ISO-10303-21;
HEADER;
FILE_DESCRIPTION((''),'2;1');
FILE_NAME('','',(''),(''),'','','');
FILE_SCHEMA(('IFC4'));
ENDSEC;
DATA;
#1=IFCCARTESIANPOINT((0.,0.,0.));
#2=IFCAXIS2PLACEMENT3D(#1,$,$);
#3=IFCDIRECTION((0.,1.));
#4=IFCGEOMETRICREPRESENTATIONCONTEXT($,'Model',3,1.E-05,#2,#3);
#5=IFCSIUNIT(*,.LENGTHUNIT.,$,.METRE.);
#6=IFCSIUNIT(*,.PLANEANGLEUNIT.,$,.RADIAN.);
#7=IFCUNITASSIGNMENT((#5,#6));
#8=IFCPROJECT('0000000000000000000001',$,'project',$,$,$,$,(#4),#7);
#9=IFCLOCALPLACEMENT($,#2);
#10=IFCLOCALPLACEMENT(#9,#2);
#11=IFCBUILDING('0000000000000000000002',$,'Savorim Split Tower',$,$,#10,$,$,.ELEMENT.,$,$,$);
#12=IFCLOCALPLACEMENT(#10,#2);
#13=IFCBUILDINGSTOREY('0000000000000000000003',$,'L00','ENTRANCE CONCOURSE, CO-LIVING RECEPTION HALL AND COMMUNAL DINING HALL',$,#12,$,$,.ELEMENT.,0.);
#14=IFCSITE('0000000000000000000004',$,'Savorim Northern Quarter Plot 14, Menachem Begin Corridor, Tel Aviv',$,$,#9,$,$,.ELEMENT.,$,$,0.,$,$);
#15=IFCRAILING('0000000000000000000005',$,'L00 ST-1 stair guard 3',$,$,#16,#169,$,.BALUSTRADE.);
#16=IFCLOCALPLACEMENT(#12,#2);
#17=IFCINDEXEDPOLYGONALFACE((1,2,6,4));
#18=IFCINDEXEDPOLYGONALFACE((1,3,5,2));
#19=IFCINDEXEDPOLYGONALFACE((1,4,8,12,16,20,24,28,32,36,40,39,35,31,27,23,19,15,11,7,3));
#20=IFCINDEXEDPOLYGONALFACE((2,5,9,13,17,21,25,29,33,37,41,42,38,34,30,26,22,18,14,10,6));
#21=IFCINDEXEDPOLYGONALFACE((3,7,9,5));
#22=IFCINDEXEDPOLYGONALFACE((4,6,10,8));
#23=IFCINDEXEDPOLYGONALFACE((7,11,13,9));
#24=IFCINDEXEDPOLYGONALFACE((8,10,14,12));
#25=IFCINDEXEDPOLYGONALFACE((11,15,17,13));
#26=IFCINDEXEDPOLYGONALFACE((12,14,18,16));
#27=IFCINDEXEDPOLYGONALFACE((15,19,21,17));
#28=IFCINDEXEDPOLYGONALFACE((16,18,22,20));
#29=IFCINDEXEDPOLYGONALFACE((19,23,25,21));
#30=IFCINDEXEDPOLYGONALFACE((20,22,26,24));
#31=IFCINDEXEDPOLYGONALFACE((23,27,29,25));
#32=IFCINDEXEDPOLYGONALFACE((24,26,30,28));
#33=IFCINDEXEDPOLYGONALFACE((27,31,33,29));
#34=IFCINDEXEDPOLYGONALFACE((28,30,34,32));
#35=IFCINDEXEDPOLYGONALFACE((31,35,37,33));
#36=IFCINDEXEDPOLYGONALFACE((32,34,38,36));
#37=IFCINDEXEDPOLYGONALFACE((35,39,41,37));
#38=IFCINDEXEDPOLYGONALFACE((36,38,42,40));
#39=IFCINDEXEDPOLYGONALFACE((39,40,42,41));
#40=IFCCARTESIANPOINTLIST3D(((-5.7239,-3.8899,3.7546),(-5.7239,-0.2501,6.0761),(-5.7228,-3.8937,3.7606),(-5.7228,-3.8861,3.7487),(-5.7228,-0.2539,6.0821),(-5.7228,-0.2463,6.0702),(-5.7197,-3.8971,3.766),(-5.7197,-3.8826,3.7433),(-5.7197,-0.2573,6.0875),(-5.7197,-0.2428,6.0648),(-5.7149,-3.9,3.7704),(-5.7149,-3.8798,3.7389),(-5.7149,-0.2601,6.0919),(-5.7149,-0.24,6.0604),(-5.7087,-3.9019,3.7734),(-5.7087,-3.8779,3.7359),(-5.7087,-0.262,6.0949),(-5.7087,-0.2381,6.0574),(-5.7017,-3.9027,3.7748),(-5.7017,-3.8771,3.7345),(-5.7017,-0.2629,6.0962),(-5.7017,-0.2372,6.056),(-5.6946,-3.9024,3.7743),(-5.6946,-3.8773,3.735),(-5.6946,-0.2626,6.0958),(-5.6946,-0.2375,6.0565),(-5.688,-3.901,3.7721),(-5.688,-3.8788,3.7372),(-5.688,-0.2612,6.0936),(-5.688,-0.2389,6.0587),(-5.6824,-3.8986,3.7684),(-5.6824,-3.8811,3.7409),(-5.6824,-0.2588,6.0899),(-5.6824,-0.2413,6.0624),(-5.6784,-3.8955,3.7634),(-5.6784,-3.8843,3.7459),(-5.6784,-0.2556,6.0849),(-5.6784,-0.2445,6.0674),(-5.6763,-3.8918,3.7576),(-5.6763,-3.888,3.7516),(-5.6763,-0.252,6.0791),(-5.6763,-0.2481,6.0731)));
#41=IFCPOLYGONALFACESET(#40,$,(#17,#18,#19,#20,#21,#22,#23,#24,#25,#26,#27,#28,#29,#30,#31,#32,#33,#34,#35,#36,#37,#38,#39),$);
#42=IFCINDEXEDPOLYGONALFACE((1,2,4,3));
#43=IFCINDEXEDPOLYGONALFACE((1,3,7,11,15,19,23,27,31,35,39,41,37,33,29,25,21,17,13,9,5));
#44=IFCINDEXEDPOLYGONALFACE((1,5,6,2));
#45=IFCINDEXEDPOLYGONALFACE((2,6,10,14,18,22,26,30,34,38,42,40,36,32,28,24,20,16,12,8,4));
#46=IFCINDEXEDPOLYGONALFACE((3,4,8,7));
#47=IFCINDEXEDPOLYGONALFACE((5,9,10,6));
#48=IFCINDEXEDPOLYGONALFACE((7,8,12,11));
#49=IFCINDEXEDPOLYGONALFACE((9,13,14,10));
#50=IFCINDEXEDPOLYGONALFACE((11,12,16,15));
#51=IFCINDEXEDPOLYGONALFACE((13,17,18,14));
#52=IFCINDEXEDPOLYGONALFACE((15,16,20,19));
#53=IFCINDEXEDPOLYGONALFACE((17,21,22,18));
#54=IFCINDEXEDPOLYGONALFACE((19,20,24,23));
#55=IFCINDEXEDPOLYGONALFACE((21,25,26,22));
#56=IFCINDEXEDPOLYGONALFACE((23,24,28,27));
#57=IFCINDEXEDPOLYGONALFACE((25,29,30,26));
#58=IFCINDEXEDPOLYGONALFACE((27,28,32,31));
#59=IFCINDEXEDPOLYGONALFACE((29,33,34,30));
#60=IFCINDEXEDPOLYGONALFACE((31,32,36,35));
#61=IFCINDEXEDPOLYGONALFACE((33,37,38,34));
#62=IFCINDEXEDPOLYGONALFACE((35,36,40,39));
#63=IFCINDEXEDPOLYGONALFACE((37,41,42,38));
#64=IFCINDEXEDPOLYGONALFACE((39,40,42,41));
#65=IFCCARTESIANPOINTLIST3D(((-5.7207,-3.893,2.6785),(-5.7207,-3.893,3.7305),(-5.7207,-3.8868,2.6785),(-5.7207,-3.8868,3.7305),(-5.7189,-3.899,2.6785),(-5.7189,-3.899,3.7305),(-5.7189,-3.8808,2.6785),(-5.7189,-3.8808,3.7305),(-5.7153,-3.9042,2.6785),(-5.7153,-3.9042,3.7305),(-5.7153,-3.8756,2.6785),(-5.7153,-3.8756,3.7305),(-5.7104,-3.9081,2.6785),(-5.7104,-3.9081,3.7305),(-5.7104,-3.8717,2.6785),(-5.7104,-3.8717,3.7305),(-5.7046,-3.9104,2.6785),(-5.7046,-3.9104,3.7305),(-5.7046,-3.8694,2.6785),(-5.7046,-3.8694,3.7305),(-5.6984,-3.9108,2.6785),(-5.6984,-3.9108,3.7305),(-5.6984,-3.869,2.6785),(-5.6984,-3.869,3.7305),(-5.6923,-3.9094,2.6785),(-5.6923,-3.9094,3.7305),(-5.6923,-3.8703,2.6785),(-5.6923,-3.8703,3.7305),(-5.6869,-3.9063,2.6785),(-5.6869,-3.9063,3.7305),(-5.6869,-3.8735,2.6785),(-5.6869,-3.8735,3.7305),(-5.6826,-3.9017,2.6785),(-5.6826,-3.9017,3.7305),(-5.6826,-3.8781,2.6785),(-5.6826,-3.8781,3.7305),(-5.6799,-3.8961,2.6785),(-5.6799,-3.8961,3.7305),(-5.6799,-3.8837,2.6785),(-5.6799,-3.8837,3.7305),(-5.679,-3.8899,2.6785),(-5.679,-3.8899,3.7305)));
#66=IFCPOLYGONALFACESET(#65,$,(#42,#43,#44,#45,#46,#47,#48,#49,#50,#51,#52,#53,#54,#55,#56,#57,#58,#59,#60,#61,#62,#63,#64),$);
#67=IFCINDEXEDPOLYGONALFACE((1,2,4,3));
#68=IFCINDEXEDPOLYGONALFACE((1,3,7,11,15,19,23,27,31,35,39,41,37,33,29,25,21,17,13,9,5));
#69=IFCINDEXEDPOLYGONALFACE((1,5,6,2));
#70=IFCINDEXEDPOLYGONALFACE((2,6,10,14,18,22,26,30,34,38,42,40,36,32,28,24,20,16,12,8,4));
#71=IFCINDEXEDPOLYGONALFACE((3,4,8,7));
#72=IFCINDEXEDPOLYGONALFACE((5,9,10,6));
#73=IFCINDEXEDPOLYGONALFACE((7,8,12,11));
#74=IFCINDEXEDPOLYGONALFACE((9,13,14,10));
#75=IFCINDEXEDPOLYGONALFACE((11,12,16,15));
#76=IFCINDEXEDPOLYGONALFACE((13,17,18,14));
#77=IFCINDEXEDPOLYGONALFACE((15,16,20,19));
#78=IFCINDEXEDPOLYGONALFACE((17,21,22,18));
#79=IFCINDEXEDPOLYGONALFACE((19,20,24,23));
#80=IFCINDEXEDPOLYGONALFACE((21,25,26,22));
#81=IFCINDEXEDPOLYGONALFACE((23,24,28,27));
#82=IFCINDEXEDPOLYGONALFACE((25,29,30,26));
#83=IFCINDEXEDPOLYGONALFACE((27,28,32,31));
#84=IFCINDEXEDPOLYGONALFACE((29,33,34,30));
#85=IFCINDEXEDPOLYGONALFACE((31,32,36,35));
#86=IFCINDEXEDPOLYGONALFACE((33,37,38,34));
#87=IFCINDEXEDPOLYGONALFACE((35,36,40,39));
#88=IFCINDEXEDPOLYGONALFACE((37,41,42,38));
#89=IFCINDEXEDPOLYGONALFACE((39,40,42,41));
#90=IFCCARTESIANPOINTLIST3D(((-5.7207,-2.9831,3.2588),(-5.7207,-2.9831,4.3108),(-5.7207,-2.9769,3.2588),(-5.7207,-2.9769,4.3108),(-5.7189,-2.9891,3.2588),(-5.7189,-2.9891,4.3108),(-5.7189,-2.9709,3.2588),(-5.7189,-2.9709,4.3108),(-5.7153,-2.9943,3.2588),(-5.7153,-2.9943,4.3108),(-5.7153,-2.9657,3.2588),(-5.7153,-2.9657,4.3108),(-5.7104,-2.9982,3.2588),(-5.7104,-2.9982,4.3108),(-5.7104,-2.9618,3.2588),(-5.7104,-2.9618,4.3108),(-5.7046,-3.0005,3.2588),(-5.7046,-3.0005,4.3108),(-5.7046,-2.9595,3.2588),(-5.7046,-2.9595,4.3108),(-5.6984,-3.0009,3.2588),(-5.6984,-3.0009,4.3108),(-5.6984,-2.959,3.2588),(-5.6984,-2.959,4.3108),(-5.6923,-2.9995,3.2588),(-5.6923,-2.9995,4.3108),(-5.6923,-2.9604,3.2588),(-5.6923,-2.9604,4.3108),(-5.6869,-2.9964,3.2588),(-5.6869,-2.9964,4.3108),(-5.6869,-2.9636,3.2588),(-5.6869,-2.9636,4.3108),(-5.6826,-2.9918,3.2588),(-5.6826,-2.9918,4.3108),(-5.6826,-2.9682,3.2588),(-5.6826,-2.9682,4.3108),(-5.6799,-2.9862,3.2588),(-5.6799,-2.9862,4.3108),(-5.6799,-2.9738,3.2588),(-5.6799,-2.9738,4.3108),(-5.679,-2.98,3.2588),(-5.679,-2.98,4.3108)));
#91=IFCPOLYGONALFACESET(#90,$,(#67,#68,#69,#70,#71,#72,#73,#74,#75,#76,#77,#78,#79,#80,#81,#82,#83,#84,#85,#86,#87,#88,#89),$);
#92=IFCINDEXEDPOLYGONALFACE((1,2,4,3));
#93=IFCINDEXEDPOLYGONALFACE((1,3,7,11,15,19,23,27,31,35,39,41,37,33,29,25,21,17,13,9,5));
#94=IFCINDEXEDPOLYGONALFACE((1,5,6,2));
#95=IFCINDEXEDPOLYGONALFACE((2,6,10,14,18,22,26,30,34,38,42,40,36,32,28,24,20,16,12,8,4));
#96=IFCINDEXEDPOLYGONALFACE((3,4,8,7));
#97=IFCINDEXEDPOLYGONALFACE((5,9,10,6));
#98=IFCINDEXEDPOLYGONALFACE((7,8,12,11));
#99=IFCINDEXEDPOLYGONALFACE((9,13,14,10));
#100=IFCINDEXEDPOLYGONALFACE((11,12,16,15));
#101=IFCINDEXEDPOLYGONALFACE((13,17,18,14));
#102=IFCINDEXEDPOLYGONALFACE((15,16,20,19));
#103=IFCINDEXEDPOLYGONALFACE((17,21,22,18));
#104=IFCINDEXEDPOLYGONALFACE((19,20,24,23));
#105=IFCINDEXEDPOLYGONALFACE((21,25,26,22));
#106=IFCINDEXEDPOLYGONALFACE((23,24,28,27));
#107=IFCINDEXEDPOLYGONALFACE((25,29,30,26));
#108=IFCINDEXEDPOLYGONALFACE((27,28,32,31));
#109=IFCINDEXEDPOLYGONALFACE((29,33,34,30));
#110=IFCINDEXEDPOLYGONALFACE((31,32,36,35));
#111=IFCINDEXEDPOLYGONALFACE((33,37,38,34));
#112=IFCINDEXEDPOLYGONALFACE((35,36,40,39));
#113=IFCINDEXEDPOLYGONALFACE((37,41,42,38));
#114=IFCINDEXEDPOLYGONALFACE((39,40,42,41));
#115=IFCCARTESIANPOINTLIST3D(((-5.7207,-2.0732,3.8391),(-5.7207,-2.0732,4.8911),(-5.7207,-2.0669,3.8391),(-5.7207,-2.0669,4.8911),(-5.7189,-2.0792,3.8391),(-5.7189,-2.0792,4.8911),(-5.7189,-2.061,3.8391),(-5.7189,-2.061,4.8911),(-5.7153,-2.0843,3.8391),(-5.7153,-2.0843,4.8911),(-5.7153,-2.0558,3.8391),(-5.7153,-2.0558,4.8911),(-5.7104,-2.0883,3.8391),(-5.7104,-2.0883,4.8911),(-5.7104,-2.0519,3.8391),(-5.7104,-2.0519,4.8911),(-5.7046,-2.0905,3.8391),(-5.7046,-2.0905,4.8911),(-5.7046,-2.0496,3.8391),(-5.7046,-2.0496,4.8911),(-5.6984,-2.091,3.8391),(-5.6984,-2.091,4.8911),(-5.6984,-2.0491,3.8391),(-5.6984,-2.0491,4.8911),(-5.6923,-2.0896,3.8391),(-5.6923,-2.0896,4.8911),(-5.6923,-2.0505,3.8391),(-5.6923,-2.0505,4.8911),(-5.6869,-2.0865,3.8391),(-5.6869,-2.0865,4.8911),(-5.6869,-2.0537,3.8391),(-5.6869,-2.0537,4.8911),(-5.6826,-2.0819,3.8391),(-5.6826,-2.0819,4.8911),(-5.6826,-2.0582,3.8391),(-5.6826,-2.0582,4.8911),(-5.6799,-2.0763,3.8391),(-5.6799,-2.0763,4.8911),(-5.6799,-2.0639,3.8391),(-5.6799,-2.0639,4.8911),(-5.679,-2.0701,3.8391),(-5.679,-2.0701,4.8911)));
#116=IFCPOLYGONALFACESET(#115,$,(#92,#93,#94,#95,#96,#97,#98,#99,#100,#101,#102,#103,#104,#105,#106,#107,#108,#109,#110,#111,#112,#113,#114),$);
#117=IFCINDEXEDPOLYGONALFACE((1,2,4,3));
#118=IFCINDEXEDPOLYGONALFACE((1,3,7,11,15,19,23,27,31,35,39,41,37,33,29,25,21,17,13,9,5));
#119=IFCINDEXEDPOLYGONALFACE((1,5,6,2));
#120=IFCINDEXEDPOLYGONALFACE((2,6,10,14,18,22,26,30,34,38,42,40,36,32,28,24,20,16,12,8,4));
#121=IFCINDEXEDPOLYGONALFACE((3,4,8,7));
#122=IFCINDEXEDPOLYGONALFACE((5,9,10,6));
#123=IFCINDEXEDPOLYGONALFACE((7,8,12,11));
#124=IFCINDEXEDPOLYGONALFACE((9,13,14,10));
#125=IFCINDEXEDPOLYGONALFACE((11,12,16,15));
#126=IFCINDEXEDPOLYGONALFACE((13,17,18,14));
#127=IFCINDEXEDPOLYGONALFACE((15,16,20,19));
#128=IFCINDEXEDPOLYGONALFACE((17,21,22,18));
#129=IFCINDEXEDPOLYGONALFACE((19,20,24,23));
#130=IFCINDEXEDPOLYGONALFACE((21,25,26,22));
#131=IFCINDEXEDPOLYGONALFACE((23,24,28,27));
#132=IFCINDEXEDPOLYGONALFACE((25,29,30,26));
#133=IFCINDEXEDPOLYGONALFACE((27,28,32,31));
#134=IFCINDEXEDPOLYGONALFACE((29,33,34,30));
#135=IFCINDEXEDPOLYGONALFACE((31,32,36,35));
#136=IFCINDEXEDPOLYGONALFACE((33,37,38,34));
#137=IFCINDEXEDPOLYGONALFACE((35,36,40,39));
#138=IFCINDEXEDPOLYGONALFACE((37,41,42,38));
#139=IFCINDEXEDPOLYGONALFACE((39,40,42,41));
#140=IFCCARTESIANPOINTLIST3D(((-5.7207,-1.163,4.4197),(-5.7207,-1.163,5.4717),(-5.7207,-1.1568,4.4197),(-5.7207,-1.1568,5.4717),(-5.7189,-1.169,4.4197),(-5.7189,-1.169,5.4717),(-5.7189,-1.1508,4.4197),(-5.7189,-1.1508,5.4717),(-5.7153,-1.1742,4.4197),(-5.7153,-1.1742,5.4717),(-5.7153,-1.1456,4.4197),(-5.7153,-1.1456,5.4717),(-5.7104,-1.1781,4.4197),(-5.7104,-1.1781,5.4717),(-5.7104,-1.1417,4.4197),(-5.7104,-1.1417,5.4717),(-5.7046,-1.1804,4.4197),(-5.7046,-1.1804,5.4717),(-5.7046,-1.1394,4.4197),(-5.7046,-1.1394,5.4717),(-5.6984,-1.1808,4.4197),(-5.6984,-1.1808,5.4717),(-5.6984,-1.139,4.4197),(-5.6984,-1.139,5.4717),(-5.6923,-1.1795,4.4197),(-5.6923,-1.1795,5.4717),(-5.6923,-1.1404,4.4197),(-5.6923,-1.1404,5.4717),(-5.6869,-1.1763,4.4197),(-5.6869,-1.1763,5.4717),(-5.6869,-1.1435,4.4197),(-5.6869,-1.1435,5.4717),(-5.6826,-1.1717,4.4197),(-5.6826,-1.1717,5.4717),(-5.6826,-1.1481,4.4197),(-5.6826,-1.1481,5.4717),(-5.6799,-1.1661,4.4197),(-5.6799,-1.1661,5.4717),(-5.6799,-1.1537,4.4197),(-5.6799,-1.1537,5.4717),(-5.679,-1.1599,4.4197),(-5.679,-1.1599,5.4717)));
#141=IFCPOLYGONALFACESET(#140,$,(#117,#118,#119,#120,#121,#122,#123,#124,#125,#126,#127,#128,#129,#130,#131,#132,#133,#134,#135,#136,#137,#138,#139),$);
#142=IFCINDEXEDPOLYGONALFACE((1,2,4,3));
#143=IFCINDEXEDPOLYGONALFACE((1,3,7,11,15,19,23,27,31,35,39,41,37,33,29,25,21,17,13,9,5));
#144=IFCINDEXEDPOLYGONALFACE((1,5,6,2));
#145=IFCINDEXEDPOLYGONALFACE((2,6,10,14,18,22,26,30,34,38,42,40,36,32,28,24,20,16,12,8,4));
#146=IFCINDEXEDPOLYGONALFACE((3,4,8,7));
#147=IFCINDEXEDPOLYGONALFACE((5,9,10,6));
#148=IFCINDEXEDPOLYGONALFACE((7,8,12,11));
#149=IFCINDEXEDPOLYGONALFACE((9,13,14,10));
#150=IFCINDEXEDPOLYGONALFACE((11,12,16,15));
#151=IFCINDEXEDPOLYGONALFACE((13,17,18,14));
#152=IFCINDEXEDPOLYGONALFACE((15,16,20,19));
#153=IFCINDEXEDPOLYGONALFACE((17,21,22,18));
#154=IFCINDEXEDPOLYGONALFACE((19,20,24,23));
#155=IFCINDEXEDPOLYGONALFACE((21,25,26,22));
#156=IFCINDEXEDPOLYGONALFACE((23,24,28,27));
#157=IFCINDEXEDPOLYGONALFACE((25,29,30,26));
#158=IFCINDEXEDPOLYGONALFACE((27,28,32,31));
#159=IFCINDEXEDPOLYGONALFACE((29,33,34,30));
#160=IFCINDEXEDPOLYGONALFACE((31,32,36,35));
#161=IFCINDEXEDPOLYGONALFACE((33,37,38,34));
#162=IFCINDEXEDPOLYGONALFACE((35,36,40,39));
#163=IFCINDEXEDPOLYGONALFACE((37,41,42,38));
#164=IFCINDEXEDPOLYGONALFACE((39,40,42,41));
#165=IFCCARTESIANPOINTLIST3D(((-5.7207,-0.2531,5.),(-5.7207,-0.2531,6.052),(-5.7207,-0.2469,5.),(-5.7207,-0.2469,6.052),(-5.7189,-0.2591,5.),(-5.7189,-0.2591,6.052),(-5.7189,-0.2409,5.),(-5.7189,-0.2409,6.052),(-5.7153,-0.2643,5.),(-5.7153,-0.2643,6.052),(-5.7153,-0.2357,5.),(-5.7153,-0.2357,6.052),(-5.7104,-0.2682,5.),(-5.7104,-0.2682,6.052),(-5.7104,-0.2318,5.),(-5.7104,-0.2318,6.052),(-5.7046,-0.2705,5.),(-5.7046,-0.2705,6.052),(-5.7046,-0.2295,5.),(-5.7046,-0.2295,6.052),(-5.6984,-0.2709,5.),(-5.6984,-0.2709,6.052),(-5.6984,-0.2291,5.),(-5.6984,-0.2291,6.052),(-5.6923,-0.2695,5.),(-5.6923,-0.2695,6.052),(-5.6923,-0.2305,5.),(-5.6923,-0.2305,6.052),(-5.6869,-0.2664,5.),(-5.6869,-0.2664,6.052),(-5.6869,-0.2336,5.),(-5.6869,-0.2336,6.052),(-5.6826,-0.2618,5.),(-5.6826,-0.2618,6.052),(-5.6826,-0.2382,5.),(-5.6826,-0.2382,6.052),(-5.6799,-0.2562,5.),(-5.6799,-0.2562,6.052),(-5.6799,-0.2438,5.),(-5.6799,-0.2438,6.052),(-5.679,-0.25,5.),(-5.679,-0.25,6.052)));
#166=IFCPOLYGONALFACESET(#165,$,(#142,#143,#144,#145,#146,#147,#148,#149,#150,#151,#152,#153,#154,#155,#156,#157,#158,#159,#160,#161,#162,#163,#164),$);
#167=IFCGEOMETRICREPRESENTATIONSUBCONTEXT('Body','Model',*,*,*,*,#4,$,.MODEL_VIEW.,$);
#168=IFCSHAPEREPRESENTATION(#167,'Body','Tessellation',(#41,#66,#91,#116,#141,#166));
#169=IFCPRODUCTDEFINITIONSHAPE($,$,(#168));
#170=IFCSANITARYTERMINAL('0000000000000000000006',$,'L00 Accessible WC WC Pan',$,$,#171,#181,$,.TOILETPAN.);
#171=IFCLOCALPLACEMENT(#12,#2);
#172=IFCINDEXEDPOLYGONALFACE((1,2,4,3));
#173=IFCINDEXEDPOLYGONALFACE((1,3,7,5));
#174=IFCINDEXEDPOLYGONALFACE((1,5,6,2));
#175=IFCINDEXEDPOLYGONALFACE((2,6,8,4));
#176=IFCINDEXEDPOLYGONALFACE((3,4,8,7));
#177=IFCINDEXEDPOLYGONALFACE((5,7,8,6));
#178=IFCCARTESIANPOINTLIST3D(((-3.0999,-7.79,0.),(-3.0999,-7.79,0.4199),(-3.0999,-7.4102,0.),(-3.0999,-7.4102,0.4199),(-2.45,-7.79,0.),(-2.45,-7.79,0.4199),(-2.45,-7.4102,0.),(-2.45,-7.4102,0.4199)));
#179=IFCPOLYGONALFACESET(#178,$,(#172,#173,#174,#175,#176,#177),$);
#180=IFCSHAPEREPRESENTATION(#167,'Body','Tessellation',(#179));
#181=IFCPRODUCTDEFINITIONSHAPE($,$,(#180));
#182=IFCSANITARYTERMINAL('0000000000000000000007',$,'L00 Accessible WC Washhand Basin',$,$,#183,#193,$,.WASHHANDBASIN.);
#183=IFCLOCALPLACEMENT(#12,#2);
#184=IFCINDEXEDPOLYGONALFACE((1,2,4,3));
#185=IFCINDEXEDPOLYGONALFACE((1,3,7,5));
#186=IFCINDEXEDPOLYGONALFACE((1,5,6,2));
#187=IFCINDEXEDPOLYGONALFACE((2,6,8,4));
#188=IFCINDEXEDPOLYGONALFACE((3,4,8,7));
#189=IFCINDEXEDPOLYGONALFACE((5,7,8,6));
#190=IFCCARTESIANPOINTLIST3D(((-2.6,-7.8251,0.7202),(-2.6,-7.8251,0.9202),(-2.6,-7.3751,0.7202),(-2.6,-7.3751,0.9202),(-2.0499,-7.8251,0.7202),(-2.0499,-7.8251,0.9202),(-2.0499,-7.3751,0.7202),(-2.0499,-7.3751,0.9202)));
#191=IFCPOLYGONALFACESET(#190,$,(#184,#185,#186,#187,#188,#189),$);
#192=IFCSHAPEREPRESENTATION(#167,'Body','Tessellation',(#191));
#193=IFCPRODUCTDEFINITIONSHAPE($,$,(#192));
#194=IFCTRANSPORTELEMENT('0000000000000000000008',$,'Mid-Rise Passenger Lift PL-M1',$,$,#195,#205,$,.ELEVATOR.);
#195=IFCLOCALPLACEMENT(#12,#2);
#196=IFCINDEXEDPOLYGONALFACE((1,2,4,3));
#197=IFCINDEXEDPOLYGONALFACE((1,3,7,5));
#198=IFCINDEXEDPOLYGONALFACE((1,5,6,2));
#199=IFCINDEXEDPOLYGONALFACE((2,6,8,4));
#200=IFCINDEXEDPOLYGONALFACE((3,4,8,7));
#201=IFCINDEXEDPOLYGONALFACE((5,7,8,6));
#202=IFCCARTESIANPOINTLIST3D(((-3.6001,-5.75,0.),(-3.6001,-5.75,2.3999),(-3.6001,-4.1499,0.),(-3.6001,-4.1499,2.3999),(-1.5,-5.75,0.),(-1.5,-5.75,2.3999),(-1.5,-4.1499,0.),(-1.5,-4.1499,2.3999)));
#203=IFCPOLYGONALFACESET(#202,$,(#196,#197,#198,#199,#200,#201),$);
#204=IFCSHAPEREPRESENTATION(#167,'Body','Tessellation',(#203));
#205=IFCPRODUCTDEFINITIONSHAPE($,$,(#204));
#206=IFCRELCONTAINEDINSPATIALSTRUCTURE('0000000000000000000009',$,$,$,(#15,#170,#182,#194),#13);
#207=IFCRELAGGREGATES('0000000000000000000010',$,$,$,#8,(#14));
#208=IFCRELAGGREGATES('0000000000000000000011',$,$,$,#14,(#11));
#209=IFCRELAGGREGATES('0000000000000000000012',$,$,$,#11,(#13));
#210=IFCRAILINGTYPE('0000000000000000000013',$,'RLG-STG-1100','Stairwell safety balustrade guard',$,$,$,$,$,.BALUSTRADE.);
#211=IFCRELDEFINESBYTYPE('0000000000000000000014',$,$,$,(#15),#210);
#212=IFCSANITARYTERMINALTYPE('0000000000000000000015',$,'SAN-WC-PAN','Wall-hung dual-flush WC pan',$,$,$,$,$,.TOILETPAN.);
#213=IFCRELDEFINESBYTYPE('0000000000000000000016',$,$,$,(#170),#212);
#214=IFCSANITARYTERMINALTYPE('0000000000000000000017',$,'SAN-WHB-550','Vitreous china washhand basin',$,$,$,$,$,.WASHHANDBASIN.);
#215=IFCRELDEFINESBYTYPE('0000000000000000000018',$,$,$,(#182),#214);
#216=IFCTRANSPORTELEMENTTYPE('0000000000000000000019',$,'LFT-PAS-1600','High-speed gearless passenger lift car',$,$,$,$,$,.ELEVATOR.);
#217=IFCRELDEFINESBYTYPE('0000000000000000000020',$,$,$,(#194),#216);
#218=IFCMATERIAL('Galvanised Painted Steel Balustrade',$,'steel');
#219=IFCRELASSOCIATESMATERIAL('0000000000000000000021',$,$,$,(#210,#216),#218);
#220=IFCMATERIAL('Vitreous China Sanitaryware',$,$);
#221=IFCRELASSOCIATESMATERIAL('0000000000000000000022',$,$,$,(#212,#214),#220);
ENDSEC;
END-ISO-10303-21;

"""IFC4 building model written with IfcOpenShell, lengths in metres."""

from ifc_helpers import new_model, si_unit, direction, frame, origin, origin_2d, place, context, subcontext, project, spatial, rectangle, circle, extrude, material, type_object, element, save


model = new_model("IFC4")

# Units and contexts
model_context = context("Model", 3, precision=1e-05, world=origin(), true_north=direction((0.0, 1.0)))
body_context = subcontext(model_context, "Body", "Model", "MODEL_VIEW")
ifc_project = project(units=[si_unit("LENGTHUNIT", "METRE"), si_unit("PLANEANGLEUNIT", "RADIAN")], contexts=[model_context])

# Site, building, storey
site_placement = place(None, origin())
site = spatial("IfcSite", under=ifc_project, at=site_placement, Name="Savorim Northern Quarter Plot 14, Menachem Begin Corridor, Tel Aviv", CompositionType="ELEMENT", RefElevation=0.0)
building_placement = place(site_placement, origin())
building = spatial("IfcBuilding", under=site, at=building_placement, Name="Savorim Split Tower", CompositionType="ELEMENT")
storey_placement = place(building_placement, origin())
storey = spatial("IfcBuildingStorey", under=building, at=storey_placement, Name="L00", Description="ENTRANCE CONCOURSE, CO-LIVING RECEPTION HALL AND COMMUNAL DINING HALL", CompositionType="ELEMENT", Elevation=0.0)

# Railing
ifc_material_1 = material(Name="Galvanised Painted Steel Balustrade", Category="steel")
railing_type_1 = type_object("IfcRailingType", Name="RLG-STG-1100", Description="Stairwell safety balustrade guard", PredefinedType="BALUSTRADE", material=ifc_material_1)
railing_1_placement = place(storey_placement, frame((-5.7, -3.8899, 2.6785)))
element("IfcRailing", 1, at=railing_1_placement, inside=storey, type_object=railing_type_1, Name="L00 ST-1 stair guard 3", PredefinedType="BALUSTRADE", context=body_context, shape_type="SweptSolid", body=[
    extrude(circle(Radius=0.0239, at=origin_2d()), frame((0.0, 0.0, 1.0762), z_axis=(0.0, 0.843112, 0.537739), x_axis=(-1.0, 0.0, 0.0)), (0.0, 0.0, 1.0), 4.3171),
    extrude(circle(Radius=0.021, at=origin_2d()), origin(), (0.0, 0.0, 1.0), 1.052),
    extrude(circle(Radius=0.021, at=origin_2d()), frame((0.0, 0.9099, 0.5803)), (0.0, 0.0, 1.0), 1.052),
    extrude(circle(Radius=0.021, at=origin_2d()), frame((0.0, 1.8198, 1.1606)), (0.0, 0.0, 1.0), 1.052),
    extrude(circle(Radius=0.021, at=origin_2d()), frame((0.0, 2.73, 1.7412)), (0.0, 0.0, 1.0), 1.052),
    extrude(circle(Radius=0.021, at=origin_2d()), frame((0.0, 3.6399, 2.3215)), (0.0, 0.0, 1.0), 1.052),
])

# Sanitary terminals
ifc_material_2 = material(Name="Vitreous China Sanitaryware")
sanitary_terminal_type_1 = type_object("IfcSanitaryTerminalType", Name="SAN-WC-PAN", Description="Wall-hung dual-flush WC pan", PredefinedType="TOILETPAN", material=ifc_material_2)
sanitary_terminal_1_placement = place(storey_placement, frame((-2.7749, -7.6001, 0.0), z_axis=(0.0, 0.0, 1.0), x_axis=(1.0, 0.0, 0.0)))
element("IfcSanitaryTerminal", 2, at=sanitary_terminal_1_placement, inside=storey, type_object=sanitary_terminal_type_1, Name="L00 Accessible WC WC Pan", PredefinedType="TOILETPAN", context=body_context, shape_type="SweptSolid", body=[
    extrude(rectangle(XDim=0.6499, YDim=0.3799, at=origin_2d()), origin(), (0.0, 0.0, 1.0), 0.4199),
])
sanitary_terminal_type_2 = type_object("IfcSanitaryTerminalType", Name="SAN-WHB-550", Description="Vitreous china washhand basin", PredefinedType="WASHHANDBASIN", material=ifc_material_2)
sanitary_terminal_2_placement = place(storey_placement, frame((-2.325, -7.6001, 0.7202), z_axis=(0.0, 0.0, 1.0), x_axis=(1.0, 0.0, 0.0)))
element("IfcSanitaryTerminal", 3, at=sanitary_terminal_2_placement, inside=storey, type_object=sanitary_terminal_type_2, Name="L00 Accessible WC Washhand Basin", PredefinedType="WASHHANDBASIN", context=body_context, shape_type="SweptSolid", body=[
    extrude(rectangle(XDim=0.55, YDim=0.45, at=origin_2d()), origin(), (0.0, 0.0, 1.0), 0.2),
])

# Transport element
transport_element_type = type_object("IfcTransportElementType", Name="LFT-PAS-1600", Description="High-speed gearless passenger lift car", PredefinedType="ELEVATOR", material=ifc_material_1)
for number, where, z_axis, x_axis, name in (
    (4, (-2.55, -4.95, 0.0), (0.0, 0.0, 1.0), (1.0, 0.0, 0.0), "Mid-Rise Passenger Lift PL-M1"),
):
    element("IfcTransportElement", number, at=place(storey_placement, frame(where, z_axis=z_axis, x_axis=x_axis)), inside=storey, type_object=transport_element_type, Name=name, PredefinedType="ELEVATOR", context=body_context, shape_type="SweptSolid", body=[
        extrude(rectangle(XDim=2.1001, YDim=1.6001, at=origin_2d()), origin(), (0.0, 0.0, 1.0), 2.3999),
    ])

save(model, "model.ifc")
